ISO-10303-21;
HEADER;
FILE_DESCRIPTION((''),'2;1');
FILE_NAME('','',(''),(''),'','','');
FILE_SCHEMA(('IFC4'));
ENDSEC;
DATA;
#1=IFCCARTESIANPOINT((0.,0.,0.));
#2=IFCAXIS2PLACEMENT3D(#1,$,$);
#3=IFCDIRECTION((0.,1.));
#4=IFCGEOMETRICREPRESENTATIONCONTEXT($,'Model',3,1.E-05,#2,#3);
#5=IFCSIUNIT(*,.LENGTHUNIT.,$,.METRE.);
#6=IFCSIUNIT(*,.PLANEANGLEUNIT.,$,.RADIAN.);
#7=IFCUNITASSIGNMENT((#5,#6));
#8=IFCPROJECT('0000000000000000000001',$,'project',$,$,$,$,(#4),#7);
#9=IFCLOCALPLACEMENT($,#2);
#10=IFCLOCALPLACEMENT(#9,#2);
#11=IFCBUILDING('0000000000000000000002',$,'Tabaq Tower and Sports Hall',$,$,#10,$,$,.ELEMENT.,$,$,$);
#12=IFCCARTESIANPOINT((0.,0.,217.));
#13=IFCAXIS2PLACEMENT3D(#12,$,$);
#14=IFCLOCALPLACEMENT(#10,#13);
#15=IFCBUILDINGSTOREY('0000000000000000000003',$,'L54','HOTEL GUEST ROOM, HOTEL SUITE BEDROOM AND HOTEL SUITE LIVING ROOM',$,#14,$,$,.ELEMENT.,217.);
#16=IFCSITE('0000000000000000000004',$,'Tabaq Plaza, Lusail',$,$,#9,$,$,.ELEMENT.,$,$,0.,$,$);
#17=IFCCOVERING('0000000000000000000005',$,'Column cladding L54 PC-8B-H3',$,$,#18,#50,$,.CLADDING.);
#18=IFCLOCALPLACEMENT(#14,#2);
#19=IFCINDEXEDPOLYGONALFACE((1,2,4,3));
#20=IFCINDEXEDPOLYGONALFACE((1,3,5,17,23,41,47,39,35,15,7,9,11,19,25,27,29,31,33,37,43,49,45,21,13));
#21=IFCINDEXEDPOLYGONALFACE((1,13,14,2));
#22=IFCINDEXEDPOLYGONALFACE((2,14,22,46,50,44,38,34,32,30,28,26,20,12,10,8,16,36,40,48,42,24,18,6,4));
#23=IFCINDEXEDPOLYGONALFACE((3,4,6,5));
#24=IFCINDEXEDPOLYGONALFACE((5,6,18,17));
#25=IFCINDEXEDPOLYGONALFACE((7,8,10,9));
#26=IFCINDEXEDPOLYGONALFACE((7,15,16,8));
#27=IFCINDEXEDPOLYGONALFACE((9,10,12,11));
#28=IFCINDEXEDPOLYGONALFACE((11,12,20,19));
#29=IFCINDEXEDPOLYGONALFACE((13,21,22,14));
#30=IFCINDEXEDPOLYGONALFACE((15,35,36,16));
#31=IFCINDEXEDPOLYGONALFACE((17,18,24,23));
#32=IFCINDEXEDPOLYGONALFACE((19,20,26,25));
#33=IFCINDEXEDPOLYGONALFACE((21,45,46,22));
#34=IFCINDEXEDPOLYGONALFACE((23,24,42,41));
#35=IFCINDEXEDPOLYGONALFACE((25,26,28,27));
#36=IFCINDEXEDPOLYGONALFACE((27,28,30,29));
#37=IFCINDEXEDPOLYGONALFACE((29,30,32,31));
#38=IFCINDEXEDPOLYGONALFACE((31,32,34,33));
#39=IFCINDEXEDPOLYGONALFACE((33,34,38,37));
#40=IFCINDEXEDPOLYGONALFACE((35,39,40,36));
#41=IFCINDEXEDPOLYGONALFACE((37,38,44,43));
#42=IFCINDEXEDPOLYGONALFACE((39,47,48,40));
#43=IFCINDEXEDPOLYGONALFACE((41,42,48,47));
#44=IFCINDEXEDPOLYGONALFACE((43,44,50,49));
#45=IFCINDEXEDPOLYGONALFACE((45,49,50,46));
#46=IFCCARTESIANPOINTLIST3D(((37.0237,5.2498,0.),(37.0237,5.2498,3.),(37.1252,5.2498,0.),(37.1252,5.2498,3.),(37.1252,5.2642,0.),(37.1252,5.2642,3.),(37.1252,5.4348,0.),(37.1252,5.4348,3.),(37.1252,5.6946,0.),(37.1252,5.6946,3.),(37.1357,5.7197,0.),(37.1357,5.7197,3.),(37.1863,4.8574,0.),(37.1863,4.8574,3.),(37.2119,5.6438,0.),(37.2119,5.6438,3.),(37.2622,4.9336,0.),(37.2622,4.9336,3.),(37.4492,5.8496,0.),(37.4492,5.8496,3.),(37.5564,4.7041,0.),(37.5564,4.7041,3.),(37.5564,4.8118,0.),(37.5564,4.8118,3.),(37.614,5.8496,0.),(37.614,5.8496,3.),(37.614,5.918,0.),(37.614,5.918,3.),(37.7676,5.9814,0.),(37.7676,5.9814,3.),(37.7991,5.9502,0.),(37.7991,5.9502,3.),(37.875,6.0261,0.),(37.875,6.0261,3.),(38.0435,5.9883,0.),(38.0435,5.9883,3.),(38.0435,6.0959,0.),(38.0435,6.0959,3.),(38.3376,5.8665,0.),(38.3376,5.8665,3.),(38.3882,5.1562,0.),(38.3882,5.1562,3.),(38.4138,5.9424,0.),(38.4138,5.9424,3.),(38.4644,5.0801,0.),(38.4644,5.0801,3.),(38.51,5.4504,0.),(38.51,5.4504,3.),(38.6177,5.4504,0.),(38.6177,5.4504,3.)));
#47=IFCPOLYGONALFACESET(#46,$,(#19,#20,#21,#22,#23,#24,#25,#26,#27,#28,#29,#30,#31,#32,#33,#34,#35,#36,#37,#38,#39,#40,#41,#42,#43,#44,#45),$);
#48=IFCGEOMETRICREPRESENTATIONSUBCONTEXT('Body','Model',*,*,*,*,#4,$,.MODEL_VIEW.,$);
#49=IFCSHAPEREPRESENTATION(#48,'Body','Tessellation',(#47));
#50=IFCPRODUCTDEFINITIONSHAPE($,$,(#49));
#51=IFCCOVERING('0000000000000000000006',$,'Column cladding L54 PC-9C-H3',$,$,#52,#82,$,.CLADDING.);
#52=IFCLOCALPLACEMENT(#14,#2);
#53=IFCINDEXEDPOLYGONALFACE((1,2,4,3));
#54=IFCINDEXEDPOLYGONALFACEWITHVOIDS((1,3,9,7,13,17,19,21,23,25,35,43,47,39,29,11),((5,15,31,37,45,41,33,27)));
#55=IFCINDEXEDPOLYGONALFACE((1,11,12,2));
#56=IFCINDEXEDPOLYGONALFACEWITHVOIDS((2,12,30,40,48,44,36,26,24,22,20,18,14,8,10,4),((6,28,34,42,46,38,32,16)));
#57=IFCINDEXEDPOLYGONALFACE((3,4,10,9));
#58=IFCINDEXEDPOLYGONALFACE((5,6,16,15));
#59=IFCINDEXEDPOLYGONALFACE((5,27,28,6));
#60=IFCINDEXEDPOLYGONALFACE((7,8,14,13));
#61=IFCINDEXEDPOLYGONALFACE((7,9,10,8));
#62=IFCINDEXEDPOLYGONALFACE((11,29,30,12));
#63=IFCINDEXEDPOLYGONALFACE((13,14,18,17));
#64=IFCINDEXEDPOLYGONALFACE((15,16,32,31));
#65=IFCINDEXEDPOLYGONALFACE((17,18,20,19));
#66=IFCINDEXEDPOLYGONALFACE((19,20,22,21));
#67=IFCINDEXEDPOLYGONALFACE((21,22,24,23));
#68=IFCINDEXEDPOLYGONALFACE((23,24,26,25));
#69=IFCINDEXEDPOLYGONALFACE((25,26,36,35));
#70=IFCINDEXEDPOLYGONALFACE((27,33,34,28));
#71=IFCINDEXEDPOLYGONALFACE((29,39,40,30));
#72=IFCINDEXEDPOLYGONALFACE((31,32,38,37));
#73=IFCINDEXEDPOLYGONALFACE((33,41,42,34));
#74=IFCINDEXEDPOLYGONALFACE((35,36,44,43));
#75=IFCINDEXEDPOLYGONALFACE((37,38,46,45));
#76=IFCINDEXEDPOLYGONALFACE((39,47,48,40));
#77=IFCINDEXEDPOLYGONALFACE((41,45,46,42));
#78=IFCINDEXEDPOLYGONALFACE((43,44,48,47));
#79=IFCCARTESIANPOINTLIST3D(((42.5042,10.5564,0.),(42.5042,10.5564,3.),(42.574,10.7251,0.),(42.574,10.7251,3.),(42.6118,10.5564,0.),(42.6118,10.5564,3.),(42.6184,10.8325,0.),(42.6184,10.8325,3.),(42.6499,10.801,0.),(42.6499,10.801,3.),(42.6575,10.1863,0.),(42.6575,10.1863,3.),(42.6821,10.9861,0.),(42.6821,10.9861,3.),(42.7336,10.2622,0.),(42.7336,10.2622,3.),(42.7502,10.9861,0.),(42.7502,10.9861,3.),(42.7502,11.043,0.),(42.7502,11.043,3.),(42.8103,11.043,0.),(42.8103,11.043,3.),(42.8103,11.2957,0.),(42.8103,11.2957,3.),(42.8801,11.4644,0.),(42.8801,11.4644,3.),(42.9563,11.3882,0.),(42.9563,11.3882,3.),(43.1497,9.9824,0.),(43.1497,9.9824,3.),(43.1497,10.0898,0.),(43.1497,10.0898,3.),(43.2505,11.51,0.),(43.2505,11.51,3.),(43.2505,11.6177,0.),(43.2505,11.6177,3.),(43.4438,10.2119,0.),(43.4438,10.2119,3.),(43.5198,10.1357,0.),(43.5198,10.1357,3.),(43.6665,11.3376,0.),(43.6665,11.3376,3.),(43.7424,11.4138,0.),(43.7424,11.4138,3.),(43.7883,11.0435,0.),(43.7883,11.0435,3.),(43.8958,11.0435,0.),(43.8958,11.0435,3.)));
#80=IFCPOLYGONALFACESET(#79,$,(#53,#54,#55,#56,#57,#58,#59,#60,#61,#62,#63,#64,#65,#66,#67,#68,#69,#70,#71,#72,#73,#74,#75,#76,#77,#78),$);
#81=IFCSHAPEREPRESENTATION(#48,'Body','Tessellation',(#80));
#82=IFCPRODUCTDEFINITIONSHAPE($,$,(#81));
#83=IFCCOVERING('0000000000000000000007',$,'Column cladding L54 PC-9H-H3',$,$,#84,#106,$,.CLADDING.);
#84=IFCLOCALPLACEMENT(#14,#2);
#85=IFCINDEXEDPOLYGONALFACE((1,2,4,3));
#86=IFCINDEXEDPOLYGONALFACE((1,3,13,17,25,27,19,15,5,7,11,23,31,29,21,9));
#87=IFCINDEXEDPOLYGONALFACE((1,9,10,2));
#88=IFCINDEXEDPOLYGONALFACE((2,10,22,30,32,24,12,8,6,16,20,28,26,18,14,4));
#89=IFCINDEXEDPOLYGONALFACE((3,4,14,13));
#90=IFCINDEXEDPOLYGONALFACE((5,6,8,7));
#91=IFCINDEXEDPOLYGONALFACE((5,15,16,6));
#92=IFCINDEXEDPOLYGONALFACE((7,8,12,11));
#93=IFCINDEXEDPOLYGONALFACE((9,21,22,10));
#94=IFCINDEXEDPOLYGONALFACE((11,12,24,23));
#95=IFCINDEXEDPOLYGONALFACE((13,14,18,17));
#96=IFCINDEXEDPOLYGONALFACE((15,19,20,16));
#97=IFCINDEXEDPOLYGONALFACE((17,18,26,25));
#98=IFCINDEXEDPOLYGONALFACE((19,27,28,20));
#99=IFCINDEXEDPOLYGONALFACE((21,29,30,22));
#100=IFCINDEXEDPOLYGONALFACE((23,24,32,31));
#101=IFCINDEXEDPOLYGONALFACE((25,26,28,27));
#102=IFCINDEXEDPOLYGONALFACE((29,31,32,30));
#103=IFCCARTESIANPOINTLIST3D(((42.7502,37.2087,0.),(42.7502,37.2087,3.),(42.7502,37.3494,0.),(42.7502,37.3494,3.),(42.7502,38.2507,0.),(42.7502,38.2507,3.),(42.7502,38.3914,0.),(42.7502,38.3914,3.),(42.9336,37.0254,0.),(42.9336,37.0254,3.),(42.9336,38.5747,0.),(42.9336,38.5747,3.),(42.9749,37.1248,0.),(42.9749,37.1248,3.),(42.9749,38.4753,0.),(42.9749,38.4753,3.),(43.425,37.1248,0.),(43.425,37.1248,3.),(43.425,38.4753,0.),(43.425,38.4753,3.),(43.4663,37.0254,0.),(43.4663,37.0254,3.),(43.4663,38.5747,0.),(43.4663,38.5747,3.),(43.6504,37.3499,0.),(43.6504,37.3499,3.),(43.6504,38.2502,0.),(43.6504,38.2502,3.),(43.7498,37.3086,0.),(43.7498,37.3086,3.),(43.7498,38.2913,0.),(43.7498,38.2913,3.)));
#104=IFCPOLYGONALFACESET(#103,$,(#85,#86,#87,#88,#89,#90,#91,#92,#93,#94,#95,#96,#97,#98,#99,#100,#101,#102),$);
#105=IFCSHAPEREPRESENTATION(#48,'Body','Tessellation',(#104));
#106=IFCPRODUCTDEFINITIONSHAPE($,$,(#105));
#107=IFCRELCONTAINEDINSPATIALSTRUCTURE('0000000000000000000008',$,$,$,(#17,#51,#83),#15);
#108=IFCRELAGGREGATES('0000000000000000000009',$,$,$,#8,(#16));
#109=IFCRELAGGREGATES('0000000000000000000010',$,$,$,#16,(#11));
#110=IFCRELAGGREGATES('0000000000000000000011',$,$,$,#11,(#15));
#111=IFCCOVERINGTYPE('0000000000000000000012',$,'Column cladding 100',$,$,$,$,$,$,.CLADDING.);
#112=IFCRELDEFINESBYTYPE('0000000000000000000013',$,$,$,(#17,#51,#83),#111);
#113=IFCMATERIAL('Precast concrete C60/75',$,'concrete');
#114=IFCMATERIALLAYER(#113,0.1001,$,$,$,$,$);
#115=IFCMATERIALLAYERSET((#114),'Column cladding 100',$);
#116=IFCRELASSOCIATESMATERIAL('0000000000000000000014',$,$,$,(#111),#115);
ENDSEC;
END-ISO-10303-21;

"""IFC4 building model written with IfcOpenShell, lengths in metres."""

from ifc_helpers import new_model, si_unit, direction, frame, origin, place, context, subcontext, project, spatial, polyline, outline, extrude, material, layer, layer_set, type_object, element, save


model = new_model("IFC4")

# Units and contexts
model_context = context("Model", 3, precision=1e-05, world=origin(), true_north=direction((0.0, 1.0)))
body_context = subcontext(model_context, "Body", "Model", "MODEL_VIEW")
ifc_project = project(units=[si_unit("LENGTHUNIT", "METRE"), si_unit("PLANEANGLEUNIT", "RADIAN")], contexts=[model_context])

# Site, building, storey
site_placement = place(None, origin())
site = spatial("IfcSite", under=ifc_project, at=site_placement, Name="Tabaq Plaza, Lusail", CompositionType="ELEMENT", RefElevation=0.0)
building_placement = place(site_placement, origin())
building = spatial("IfcBuilding", under=site, at=building_placement, Name="Tabaq Tower and Sports Hall", CompositionType="ELEMENT")
storey_placement = place(building_placement, frame((0.0, 0.0, 217.0)))
storey = spatial("IfcBuildingStorey", under=building, at=storey_placement, Name="L54", Description="HOTEL GUEST ROOM, HOTEL SUITE BEDROOM AND HOTEL SUITE LIVING ROOM", CompositionType="ELEMENT", Elevation=217.0)

# Coverings
ifc_material_1 = material(Name="Precast concrete C60/75", Category="concrete")
ifc_layer_1 = layer(ifc_material_1, 0.1001)
ifc_layer_set_1 = layer_set([ifc_layer_1], Name="Column cladding 100")
covering_type = type_object("IfcCoveringType", Name="Column cladding 100", PredefinedType="CLADDING", material=ifc_layer_set_1)
covering_1_placement = place(storey_placement, origin())
element("IfcCovering", 1, at=covering_1_placement, inside=storey, type_object=covering_type, Name="Column cladding L54 PC-8B-H3", PredefinedType="CLADDING", context=body_context, shape_type="SweptSolid", body=[
    extrude(outline(polyline([(37.0237, 5.2498), (37.1252, 5.2498), (37.1252, 5.2642), (37.2622, 4.9336), (37.5564, 4.8118), (38.3882, 5.1562), (38.51, 5.4504), (38.3376, 5.8665), (38.0435, 5.9883), (37.2119, 5.6438), (37.1252, 5.4348), (37.1252, 5.6946), (37.1357, 5.7197), (37.4492, 5.8496), (37.614, 5.8496), (37.614, 5.918), (37.7676, 5.9814), (37.7991, 5.9502), (37.875, 6.0261), (38.0435, 6.0959), (38.4138, 5.9424), (38.6177, 5.4504), (38.4644, 5.0801), (37.5564, 4.7041), (37.1863, 4.8574), (37.0237, 5.2498)])), origin(), (0.0, 0.0, 1.0), 3.0),
])
covering_2_placement = place(storey_placement, origin())
element("IfcCovering", 2, at=covering_2_placement, inside=storey, type_object=covering_type, Name="Column cladding L54 PC-9C-H3", PredefinedType="CLADDING", context=body_context, shape_type="SweptSolid", body=[
    extrude(outline(polyline([(42.6575, 10.1863), (42.5042, 10.5564), (42.574, 10.7251), (42.6499, 10.801), (42.6184, 10.8325), (42.6821, 10.9861), (42.7502, 10.9861), (42.7502, 11.043), (42.8103, 11.043), (42.8103, 11.2957), (42.8801, 11.4644), (43.2505, 11.6177), (43.7424, 11.4138), (43.8958, 11.0435), (43.5198, 10.1357), (43.1497, 9.9824), (42.6575, 10.1863)]), holes=[polyline([(43.6665, 11.3376), (43.2505, 11.51), (42.9563, 11.3882), (42.6118, 10.5564), (42.7336, 10.2622), (43.1497, 10.0898), (43.4438, 10.2119), (43.7883, 11.0435), (43.6665, 11.3376)])]), origin(), (0.0, 0.0, 1.0), 3.0),
])
covering_3_placement = place(storey_placement, origin())
element("IfcCovering", 3, at=covering_3_placement, inside=storey, type_object=covering_type, Name="Column cladding L54 PC-9H-H3", PredefinedType="CLADDING", context=body_context, shape_type="SweptSolid", body=[
    extrude(outline(polyline([(42.9336, 37.0254), (42.7502, 37.2087), (42.7502, 37.3494), (42.9749, 37.1248), (43.425, 37.1248), (43.6504, 37.3499), (43.6504, 38.2502), (43.425, 38.4753), (42.9749, 38.4753), (42.7502, 38.2507), (42.7502, 38.3914), (42.9336, 38.5747), (43.4663, 38.5747), (43.7498, 38.2913), (43.7498, 37.3086), (43.4663, 37.0254), (42.9336, 37.0254)])), origin(), (0.0, 0.0, 1.0), 3.0),
])

save(model, "model.ifc")
